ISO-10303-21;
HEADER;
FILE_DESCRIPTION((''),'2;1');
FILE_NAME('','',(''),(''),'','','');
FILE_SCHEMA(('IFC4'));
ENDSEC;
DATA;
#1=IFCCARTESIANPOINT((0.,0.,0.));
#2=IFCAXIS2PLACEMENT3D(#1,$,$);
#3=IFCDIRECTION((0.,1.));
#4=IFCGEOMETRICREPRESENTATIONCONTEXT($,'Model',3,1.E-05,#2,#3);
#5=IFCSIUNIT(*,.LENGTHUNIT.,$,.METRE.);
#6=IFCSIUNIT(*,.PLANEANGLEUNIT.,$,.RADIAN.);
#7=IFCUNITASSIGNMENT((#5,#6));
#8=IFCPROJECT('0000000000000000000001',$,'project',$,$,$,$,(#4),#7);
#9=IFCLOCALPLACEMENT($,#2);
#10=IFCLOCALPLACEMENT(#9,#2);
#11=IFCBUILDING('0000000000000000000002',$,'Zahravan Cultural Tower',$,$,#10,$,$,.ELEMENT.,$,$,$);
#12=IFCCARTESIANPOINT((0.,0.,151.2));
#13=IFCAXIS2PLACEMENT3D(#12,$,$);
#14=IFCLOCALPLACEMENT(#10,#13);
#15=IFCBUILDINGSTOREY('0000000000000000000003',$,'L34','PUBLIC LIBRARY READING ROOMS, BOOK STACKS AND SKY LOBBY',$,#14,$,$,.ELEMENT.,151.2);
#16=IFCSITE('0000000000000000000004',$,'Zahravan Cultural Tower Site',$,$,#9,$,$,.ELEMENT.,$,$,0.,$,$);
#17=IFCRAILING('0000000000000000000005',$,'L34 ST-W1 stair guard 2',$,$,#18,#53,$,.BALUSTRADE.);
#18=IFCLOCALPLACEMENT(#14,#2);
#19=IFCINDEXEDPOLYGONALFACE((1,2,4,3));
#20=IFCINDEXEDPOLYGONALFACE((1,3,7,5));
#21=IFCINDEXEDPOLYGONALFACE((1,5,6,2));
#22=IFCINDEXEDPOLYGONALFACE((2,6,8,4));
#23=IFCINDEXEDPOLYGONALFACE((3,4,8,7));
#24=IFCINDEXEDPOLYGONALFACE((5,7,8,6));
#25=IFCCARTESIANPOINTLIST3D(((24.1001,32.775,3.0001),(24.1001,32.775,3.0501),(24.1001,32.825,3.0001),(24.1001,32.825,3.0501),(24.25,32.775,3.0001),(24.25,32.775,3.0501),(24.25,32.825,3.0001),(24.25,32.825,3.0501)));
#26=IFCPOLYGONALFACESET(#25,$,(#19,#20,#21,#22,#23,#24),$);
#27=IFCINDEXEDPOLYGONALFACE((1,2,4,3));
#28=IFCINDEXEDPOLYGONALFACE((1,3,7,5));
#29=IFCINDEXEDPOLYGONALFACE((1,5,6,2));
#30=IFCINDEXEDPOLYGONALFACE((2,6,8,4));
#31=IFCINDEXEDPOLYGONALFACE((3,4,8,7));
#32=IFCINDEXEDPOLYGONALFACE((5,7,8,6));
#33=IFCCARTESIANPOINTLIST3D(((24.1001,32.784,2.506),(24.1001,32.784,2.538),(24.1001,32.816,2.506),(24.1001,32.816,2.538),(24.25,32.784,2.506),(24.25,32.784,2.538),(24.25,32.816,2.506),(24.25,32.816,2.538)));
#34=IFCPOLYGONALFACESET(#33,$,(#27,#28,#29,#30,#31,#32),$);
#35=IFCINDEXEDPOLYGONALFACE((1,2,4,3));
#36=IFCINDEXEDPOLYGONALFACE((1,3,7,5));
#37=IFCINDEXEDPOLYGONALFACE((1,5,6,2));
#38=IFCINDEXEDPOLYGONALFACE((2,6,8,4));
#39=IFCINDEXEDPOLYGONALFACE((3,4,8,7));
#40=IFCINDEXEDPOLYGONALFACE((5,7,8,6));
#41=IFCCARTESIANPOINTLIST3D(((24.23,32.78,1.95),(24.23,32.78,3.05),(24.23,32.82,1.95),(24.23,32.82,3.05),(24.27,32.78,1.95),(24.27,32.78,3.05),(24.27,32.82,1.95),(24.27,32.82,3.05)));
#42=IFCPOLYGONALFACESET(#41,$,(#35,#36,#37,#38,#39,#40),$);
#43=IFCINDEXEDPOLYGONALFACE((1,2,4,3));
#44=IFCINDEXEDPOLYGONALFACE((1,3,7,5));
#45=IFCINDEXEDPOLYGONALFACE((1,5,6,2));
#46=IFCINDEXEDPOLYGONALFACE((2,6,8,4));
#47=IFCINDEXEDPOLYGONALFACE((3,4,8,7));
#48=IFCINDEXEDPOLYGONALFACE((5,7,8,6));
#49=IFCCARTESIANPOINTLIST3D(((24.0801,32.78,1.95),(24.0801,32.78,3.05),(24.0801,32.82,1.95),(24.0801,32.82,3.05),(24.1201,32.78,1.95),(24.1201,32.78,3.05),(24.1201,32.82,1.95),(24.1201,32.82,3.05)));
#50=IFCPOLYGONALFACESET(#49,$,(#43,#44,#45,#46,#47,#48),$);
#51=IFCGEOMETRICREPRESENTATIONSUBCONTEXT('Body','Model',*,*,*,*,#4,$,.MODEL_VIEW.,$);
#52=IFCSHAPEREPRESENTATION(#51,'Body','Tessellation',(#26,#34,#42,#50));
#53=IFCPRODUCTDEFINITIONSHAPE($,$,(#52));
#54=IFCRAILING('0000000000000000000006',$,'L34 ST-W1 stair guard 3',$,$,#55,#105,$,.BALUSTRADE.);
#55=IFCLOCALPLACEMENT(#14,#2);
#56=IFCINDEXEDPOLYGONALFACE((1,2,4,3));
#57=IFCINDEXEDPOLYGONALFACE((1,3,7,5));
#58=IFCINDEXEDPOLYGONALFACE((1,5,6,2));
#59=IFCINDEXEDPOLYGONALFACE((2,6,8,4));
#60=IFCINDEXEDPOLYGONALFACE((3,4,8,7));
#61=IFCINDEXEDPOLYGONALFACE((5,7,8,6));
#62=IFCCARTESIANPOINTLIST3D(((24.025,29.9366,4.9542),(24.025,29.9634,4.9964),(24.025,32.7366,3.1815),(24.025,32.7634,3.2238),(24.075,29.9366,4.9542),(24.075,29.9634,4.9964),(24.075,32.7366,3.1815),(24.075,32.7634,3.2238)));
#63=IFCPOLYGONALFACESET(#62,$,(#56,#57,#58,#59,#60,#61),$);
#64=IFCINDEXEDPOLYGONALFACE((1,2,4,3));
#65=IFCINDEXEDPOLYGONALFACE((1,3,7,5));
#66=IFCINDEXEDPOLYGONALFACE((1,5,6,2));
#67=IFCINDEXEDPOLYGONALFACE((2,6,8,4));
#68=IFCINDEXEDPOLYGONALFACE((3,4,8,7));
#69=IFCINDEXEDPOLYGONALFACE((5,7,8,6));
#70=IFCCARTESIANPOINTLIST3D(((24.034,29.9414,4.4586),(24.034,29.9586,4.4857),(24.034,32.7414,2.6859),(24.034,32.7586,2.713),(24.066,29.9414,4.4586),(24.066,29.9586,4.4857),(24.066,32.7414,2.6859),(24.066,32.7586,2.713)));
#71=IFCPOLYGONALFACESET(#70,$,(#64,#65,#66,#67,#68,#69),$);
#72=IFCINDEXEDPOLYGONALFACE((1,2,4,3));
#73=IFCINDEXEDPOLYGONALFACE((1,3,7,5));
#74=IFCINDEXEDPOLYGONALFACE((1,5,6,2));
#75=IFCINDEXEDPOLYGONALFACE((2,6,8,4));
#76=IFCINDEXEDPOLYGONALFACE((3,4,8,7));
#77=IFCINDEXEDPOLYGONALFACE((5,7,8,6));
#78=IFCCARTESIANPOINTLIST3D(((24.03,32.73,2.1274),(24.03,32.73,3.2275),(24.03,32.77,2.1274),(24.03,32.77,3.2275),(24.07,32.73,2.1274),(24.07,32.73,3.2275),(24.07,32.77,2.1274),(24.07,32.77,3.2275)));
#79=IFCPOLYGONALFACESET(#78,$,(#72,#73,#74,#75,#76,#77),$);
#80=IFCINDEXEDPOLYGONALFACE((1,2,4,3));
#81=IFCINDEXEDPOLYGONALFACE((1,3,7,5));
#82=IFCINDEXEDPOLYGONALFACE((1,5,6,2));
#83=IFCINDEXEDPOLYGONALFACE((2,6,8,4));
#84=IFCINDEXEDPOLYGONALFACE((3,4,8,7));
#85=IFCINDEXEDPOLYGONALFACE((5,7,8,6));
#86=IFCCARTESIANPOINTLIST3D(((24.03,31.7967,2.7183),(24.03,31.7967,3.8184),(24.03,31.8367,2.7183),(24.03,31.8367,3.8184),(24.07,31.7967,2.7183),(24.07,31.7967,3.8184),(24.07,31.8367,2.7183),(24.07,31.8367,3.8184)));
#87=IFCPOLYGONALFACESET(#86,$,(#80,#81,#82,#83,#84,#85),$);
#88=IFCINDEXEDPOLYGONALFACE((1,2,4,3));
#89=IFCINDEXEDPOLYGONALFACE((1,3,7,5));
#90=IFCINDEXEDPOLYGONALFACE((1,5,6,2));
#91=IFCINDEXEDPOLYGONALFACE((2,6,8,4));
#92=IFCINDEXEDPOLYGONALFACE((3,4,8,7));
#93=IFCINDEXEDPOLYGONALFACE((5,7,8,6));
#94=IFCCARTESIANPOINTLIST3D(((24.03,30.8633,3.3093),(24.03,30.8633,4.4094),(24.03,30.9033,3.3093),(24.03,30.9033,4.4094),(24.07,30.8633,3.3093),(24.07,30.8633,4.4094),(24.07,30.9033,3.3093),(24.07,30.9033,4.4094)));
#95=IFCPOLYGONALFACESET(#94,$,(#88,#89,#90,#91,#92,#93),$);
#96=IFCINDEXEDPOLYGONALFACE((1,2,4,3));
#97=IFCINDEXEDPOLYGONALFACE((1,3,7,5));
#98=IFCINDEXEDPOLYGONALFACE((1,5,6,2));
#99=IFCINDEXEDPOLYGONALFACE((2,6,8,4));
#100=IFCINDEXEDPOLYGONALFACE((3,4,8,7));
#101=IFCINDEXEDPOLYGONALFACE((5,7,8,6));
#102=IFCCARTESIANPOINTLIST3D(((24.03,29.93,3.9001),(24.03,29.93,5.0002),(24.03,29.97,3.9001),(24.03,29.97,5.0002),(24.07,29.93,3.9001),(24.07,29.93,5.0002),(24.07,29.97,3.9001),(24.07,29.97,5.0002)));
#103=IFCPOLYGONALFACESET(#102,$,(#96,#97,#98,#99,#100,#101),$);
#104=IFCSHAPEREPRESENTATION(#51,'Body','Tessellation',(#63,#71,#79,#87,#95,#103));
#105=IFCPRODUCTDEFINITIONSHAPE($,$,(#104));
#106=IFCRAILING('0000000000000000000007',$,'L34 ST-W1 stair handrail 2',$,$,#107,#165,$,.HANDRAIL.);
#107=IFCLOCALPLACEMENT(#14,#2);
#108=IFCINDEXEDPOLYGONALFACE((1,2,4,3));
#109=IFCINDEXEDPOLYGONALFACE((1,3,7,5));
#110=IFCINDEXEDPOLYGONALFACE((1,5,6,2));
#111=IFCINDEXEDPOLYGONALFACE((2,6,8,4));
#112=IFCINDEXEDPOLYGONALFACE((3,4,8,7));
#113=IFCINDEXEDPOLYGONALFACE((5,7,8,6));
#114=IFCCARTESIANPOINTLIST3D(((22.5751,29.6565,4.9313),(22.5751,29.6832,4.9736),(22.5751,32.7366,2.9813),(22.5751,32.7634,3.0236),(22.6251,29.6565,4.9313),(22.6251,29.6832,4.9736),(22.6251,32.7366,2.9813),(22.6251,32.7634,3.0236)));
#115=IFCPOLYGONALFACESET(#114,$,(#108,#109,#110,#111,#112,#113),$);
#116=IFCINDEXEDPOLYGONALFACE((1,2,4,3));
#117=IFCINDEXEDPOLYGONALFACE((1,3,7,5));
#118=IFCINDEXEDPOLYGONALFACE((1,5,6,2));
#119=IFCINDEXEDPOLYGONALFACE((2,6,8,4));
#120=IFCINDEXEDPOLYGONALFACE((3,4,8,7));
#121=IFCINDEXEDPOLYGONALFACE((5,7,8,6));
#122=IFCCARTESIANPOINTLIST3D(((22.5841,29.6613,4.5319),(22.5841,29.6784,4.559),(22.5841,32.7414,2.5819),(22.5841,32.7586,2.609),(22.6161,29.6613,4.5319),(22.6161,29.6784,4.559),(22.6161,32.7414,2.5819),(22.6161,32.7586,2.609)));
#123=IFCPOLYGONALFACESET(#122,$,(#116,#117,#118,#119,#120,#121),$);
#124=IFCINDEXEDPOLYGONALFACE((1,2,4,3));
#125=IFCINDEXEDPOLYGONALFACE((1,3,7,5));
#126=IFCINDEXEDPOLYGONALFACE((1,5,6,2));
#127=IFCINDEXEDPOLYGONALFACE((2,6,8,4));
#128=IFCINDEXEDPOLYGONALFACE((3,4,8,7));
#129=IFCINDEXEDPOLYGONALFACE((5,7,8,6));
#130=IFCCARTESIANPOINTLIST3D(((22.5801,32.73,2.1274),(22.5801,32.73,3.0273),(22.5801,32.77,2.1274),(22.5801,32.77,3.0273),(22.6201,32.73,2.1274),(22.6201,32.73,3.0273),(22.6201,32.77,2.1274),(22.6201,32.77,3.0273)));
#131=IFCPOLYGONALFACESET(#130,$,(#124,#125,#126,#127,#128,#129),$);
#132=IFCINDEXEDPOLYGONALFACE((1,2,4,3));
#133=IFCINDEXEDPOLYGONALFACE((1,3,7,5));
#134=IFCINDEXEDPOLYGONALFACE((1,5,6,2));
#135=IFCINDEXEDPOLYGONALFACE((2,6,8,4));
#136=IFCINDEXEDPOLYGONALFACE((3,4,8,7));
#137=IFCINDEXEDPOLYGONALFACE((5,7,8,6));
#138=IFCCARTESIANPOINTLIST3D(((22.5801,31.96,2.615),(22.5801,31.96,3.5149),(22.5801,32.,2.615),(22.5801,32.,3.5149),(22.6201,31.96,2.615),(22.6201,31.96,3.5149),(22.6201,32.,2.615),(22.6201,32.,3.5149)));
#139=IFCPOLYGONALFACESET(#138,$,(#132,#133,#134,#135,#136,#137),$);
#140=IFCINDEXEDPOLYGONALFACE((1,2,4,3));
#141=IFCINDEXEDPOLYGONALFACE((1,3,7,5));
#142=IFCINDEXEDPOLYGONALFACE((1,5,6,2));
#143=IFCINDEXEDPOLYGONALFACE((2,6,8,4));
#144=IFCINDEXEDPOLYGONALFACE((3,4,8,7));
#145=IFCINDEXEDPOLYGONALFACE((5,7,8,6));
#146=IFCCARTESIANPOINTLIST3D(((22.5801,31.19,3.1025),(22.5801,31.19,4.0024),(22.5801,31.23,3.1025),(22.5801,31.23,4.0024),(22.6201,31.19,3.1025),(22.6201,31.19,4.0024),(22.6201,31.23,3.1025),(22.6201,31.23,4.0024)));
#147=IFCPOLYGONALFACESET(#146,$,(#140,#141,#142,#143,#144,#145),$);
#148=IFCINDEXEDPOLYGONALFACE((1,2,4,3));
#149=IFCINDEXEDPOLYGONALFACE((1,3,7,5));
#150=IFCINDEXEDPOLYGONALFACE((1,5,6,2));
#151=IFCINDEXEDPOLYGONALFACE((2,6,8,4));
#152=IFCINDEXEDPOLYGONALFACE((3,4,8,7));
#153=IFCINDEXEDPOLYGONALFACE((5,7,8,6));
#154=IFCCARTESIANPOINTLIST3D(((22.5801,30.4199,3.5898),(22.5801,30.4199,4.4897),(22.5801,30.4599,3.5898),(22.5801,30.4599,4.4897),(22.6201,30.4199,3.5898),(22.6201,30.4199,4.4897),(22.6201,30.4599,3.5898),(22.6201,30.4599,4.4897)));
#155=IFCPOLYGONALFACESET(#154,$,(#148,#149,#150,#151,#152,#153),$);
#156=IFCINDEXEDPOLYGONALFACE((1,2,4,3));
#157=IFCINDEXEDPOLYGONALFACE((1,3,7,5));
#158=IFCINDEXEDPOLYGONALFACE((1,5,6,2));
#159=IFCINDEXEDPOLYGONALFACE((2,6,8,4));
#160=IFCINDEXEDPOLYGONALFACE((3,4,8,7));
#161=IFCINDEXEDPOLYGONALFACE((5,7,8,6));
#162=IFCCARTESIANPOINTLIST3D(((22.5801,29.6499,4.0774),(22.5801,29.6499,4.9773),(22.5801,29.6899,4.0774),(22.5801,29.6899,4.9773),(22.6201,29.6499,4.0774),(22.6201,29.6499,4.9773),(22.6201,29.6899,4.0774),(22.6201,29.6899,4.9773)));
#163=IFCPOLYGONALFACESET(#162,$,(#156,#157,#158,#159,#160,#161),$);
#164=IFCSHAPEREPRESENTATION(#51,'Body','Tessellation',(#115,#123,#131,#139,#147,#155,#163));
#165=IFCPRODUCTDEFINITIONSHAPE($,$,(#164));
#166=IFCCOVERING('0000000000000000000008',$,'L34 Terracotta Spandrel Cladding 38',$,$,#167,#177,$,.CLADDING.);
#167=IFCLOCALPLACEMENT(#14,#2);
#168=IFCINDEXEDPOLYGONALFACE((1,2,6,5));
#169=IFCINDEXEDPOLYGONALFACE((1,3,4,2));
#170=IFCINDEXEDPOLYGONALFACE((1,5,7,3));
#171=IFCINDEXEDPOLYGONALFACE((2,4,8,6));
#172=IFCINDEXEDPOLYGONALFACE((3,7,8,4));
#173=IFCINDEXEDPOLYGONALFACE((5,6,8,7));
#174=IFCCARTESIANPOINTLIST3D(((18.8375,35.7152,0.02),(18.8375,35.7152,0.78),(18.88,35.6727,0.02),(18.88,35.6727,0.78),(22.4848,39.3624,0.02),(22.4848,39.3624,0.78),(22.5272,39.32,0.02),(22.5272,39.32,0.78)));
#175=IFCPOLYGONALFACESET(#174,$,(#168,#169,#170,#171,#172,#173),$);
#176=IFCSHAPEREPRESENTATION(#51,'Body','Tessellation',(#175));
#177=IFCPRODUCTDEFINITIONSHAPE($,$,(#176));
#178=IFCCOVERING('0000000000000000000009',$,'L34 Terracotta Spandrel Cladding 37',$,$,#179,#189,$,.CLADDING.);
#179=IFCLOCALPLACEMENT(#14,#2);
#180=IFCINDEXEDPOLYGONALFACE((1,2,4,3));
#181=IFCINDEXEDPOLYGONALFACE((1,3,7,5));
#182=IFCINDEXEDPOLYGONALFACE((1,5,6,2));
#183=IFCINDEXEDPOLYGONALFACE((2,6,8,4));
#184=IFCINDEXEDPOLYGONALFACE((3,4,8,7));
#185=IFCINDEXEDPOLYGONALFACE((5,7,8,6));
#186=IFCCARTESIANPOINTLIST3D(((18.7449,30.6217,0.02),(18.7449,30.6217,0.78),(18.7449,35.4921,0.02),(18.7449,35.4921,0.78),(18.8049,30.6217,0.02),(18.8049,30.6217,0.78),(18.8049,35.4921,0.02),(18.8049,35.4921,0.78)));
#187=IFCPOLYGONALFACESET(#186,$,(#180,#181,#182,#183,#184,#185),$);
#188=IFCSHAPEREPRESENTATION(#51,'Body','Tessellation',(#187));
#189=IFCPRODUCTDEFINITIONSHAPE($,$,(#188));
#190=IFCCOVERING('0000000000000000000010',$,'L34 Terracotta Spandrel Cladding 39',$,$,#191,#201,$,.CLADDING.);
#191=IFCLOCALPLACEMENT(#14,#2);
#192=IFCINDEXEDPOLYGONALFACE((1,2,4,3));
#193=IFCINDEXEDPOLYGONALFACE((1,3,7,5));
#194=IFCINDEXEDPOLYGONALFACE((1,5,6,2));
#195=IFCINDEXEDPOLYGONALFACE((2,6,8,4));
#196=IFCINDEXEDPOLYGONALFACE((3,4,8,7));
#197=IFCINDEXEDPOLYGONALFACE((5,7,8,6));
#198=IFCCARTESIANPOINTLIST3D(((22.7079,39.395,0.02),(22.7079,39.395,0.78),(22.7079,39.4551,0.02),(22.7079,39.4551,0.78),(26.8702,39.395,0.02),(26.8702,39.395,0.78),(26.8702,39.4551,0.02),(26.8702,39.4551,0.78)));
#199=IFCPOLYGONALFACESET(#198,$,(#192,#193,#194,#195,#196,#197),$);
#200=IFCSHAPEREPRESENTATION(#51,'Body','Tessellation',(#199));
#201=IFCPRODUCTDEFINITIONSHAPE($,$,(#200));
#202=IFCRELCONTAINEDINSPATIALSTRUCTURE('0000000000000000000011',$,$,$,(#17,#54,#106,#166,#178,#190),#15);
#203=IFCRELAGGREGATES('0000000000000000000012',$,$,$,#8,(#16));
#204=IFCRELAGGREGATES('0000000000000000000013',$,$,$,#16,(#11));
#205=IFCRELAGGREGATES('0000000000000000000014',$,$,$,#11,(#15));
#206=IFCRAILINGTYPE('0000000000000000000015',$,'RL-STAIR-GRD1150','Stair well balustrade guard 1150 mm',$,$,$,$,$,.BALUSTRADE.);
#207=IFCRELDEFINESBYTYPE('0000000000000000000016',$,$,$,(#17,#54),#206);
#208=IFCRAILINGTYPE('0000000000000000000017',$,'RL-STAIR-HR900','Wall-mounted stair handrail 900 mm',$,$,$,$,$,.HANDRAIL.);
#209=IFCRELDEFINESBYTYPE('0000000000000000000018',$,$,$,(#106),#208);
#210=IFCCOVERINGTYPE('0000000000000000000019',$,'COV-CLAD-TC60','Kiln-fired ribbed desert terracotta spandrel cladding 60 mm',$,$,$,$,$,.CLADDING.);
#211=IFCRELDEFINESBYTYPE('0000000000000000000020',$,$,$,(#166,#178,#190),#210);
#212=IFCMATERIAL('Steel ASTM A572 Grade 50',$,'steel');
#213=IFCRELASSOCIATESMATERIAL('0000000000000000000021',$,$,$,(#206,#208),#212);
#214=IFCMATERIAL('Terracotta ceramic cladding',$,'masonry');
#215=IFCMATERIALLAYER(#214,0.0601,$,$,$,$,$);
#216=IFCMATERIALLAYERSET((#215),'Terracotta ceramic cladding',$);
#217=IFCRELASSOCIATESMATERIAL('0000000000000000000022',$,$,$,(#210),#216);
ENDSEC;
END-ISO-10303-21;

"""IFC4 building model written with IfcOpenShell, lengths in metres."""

from ifc_helpers import new_model, si_unit, direction, frame, origin, origin_2d, place, context, subcontext, project, spatial, rectangle, extrude, source, transform, mapped, material, layer, layer_set, type_object, element, save


model = new_model("IFC4")

# Units and contexts
model_context = context("Model", 3, precision=1e-05, world=origin(), true_north=direction((0.0, 1.0)))
body_context = subcontext(model_context, "Body", "Model", "MODEL_VIEW")
ifc_project = project(units=[si_unit("LENGTHUNIT", "METRE"), si_unit("PLANEANGLEUNIT", "RADIAN")], contexts=[model_context])

# Site, building, storey
site_placement = place(None, origin())
site = spatial("IfcSite", under=ifc_project, at=site_placement, Name="Zahravan Cultural Tower Site", CompositionType="ELEMENT", RefElevation=0.0)
building_placement = place(site_placement, origin())
building = spatial("IfcBuilding", under=site, at=building_placement, Name="Zahravan Cultural Tower", CompositionType="ELEMENT")
storey_placement = place(building_placement, frame((0.0, 0.0, 151.2)))
storey = spatial("IfcBuildingStorey", under=building, at=storey_placement, Name="L34", Description="PUBLIC LIBRARY READING ROOMS, BOOK STACKS AND SKY LOBBY", CompositionType="ELEMENT", Elevation=151.2)

# Railings
ifc_material_1 = material(Name="Steel ASTM A572 Grade 50", Category="steel")
railing_type_1 = type_object("IfcRailingType", Name="RL-STAIR-GRD1150", Description="Stair well balustrade guard 1150 mm", PredefinedType="BALUSTRADE", material=ifc_material_1)
railing_1_placement = place(storey_placement, frame((24.25, 32.8, 1.95)))
element("IfcRailing", 1, at=railing_1_placement, inside=storey, type_object=railing_type_1, Name="L34 ST-W1 stair guard 2", PredefinedType="BALUSTRADE", context=body_context, shape_type="SweptSolid", body=[
    extrude(rectangle(XDim=0.05, YDim=0.05, at=origin_2d()), frame((0.0, 0.0, 1.0752), z_axis=(-1.0, 0.0, 0.0), x_axis=(0.0, -1.0, 0.0)), (0.0, 0.0, 1.0), 0.1499),
    extrude(rectangle(XDim=0.032, YDim=0.032, at=origin_2d()), frame((0.0, 0.0, 0.572), z_axis=(-1.0, 0.0, 0.0), x_axis=(0.0, -1.0, 0.0)), (0.0, 0.0, 1.0), 0.1499),
    extrude(rectangle(XDim=0.04, YDim=0.04, at=origin_2d()), origin(), (0.0, 0.0, 1.0), 1.1001),
    extrude(rectangle(XDim=0.04, YDim=0.04, at=origin_2d()), frame((-0.1499, 0.0, 0.0)), (0.0, 0.0, 1.0), 1.1001),
])
railing_2_placement = place(storey_placement, frame((24.05, 32.75, 2.1274)))
element("IfcRailing", 2, at=railing_2_placement, inside=storey, type_object=railing_type_1, Name="L34 ST-W1 stair guard 3", PredefinedType="BALUSTRADE", context=body_context, shape_type="SweptSolid", body=[
    extrude(rectangle(XDim=0.05, YDim=0.05, at=origin_2d()), frame((0.0, 0.0, 1.0752), z_axis=(0.0, -0.844909, 0.53491), x_axis=(1.0, 0.0, 0.0)), (0.0, 0.0, 1.0), 3.314),
    extrude(rectangle(XDim=0.032, YDim=0.032, at=origin_2d()), frame((0.0, 0.0, 0.572), z_axis=(0.0, -0.844909, 0.53491), x_axis=(1.0, 0.0, 0.0)), (0.0, 0.0, 1.0), 3.314),
    extrude(rectangle(XDim=0.04, YDim=0.04, at=origin_2d()), origin(), (0.0, 0.0, 1.0), 1.1001),
    extrude(rectangle(XDim=0.04, YDim=0.04, at=origin_2d()), frame((0.0, -0.9333, 0.5908)), (0.0, 0.0, 1.0), 1.1001),
    extrude(rectangle(XDim=0.04, YDim=0.04, at=origin_2d()), frame((0.0, -1.8667, 1.1819)), (0.0, 0.0, 1.0), 1.1001),
    extrude(rectangle(XDim=0.04, YDim=0.04, at=origin_2d()), frame((0.0, -2.8, 1.7727)), (0.0, 0.0, 1.0), 1.1001),
])
railing_type_2 = type_object("IfcRailingType", Name="RL-STAIR-HR900", Description="Wall-mounted stair handrail 900 mm", PredefinedType="HANDRAIL", material=ifc_material_1)
railing_3_placement = place(storey_placement, frame((22.6001, 32.75, 2.1274)))
element("IfcRailing", 3, at=railing_3_placement, inside=storey, type_object=railing_type_2, Name="L34 ST-W1 stair handrail 2", PredefinedType="HANDRAIL", context=body_context, shape_type="SweptSolid", body=[
    extrude(rectangle(XDim=0.05, YDim=0.05, at=origin_2d()), frame((0.0, 0.0, 0.875), z_axis=(0.0, -0.844914, 0.534902), x_axis=(1.0, 0.0, 0.0)), (0.0, 0.0, 1.0), 3.6455),
    extrude(rectangle(XDim=0.032, YDim=0.032, at=origin_2d()), frame((0.0, 0.0, 0.468), z_axis=(0.0, -0.844914, 0.534902), x_axis=(1.0, 0.0, 0.0)), (0.0, 0.0, 1.0), 3.6455),
    extrude(rectangle(XDim=0.04, YDim=0.04, at=origin_2d()), origin(), (0.0, 0.0, 1.0), 0.8999),
    extrude(rectangle(XDim=0.04, YDim=0.04, at=origin_2d()), frame((0.0, -0.77, 0.4875)), (0.0, 0.0, 1.0), 0.8999),
    extrude(rectangle(XDim=0.04, YDim=0.04, at=origin_2d()), frame((0.0, -1.54, 0.9751)), (0.0, 0.0, 1.0), 0.8999),
    extrude(rectangle(XDim=0.04, YDim=0.04, at=origin_2d()), frame((0.0, -2.3101, 1.4624)), (0.0, 0.0, 1.0), 0.8999),
    extrude(rectangle(XDim=0.04, YDim=0.04, at=origin_2d()), frame((0.0, -3.0801, 1.95)), (0.0, 0.0, 1.0), 0.8999),
])

# Coverings
ifc_material_2 = material(Name="Terracotta ceramic cladding", Category="masonry")
ifc_layer_1 = layer(ifc_material_2, 0.0601)
ifc_layer_set_1 = layer_set([ifc_layer_1], Name="Terracotta ceramic cladding")
covering_type = type_object("IfcCoveringType", Name="COV-CLAD-TC60", Description="Kiln-fired ribbed desert terracotta spandrel cladding 60 mm", PredefinedType="CLADDING", material=ifc_layer_set_1)
shared_shape_1 = source(origin(), body_context, "Body", "SweptSolid", [
    extrude(rectangle(XDim=5.158, YDim=0.0601, at=origin_2d()), origin(), (0.0, 0.0, 1.0), 0.76),
])
covering_1_placement = place(storey_placement, frame((20.6824, 37.5176, 0.02), z_axis=(0.0, 0.0, 1.0), x_axis=(0.707107, 0.707107, 0.0)))
element("IfcCovering", 4, at=covering_1_placement, inside=storey, type_object=covering_type, Name="L34 Terracotta Spandrel Cladding 38", PredefinedType="CLADDING", context=body_context, shape_type="MappedRepresentation", body=[
    mapped(shared_shape_1, transform((0.0, 0.0, 0.0), x_axis=(1.0, 0.0, 0.0), y_axis=(0.0, 1.0, 0.0), z_axis=(0.0, 0.0, 1.0), scale=1.0)),
])
shared_shape_2 = source(origin(), body_context, "Body", "SweptSolid", [
    extrude(rectangle(XDim=4.8704, YDim=0.0601, at=origin_2d()), origin(), (0.0, 0.0, 1.0), 0.76),
])
covering_2_placement = place(storey_placement, frame((18.7749, 33.0569, 0.02), z_axis=(0.0, 0.0, 1.0), x_axis=(0.0, 1.0, 0.0)))
element("IfcCovering", 5, at=covering_2_placement, inside=storey, type_object=covering_type, Name="L34 Terracotta Spandrel Cladding 37", PredefinedType="CLADDING", context=body_context, shape_type="MappedRepresentation", body=[
    mapped(shared_shape_2, transform((0.0, 0.0, 0.0), x_axis=(1.0, 0.0, 0.0), y_axis=(0.0, 1.0, 0.0), z_axis=(0.0, 0.0, 1.0), scale=1.0)),
])
shared_shape_3 = source(origin(), body_context, "Body", "SweptSolid", [
    extrude(rectangle(XDim=4.1624, YDim=0.0601, at=origin_2d()), origin(), (0.0, 0.0, 1.0), 0.76),
])
covering_3_placement = place(storey_placement, frame((24.7891, 39.425, 0.02), z_axis=(0.0, 0.0, 1.0), x_axis=(1.0, 0.0, 0.0)))
element("IfcCovering", 6, at=covering_3_placement, inside=storey, type_object=covering_type, Name="L34 Terracotta Spandrel Cladding 39", PredefinedType="CLADDING", context=body_context, shape_type="MappedRepresentation", body=[
    mapped(shared_shape_3, transform((0.0, 0.0, 0.0), x_axis=(1.0, 0.0, 0.0), y_axis=(0.0, 1.0, 0.0), z_axis=(0.0, 0.0, 1.0), scale=1.0)),
])

save(model, "model.ifc")
